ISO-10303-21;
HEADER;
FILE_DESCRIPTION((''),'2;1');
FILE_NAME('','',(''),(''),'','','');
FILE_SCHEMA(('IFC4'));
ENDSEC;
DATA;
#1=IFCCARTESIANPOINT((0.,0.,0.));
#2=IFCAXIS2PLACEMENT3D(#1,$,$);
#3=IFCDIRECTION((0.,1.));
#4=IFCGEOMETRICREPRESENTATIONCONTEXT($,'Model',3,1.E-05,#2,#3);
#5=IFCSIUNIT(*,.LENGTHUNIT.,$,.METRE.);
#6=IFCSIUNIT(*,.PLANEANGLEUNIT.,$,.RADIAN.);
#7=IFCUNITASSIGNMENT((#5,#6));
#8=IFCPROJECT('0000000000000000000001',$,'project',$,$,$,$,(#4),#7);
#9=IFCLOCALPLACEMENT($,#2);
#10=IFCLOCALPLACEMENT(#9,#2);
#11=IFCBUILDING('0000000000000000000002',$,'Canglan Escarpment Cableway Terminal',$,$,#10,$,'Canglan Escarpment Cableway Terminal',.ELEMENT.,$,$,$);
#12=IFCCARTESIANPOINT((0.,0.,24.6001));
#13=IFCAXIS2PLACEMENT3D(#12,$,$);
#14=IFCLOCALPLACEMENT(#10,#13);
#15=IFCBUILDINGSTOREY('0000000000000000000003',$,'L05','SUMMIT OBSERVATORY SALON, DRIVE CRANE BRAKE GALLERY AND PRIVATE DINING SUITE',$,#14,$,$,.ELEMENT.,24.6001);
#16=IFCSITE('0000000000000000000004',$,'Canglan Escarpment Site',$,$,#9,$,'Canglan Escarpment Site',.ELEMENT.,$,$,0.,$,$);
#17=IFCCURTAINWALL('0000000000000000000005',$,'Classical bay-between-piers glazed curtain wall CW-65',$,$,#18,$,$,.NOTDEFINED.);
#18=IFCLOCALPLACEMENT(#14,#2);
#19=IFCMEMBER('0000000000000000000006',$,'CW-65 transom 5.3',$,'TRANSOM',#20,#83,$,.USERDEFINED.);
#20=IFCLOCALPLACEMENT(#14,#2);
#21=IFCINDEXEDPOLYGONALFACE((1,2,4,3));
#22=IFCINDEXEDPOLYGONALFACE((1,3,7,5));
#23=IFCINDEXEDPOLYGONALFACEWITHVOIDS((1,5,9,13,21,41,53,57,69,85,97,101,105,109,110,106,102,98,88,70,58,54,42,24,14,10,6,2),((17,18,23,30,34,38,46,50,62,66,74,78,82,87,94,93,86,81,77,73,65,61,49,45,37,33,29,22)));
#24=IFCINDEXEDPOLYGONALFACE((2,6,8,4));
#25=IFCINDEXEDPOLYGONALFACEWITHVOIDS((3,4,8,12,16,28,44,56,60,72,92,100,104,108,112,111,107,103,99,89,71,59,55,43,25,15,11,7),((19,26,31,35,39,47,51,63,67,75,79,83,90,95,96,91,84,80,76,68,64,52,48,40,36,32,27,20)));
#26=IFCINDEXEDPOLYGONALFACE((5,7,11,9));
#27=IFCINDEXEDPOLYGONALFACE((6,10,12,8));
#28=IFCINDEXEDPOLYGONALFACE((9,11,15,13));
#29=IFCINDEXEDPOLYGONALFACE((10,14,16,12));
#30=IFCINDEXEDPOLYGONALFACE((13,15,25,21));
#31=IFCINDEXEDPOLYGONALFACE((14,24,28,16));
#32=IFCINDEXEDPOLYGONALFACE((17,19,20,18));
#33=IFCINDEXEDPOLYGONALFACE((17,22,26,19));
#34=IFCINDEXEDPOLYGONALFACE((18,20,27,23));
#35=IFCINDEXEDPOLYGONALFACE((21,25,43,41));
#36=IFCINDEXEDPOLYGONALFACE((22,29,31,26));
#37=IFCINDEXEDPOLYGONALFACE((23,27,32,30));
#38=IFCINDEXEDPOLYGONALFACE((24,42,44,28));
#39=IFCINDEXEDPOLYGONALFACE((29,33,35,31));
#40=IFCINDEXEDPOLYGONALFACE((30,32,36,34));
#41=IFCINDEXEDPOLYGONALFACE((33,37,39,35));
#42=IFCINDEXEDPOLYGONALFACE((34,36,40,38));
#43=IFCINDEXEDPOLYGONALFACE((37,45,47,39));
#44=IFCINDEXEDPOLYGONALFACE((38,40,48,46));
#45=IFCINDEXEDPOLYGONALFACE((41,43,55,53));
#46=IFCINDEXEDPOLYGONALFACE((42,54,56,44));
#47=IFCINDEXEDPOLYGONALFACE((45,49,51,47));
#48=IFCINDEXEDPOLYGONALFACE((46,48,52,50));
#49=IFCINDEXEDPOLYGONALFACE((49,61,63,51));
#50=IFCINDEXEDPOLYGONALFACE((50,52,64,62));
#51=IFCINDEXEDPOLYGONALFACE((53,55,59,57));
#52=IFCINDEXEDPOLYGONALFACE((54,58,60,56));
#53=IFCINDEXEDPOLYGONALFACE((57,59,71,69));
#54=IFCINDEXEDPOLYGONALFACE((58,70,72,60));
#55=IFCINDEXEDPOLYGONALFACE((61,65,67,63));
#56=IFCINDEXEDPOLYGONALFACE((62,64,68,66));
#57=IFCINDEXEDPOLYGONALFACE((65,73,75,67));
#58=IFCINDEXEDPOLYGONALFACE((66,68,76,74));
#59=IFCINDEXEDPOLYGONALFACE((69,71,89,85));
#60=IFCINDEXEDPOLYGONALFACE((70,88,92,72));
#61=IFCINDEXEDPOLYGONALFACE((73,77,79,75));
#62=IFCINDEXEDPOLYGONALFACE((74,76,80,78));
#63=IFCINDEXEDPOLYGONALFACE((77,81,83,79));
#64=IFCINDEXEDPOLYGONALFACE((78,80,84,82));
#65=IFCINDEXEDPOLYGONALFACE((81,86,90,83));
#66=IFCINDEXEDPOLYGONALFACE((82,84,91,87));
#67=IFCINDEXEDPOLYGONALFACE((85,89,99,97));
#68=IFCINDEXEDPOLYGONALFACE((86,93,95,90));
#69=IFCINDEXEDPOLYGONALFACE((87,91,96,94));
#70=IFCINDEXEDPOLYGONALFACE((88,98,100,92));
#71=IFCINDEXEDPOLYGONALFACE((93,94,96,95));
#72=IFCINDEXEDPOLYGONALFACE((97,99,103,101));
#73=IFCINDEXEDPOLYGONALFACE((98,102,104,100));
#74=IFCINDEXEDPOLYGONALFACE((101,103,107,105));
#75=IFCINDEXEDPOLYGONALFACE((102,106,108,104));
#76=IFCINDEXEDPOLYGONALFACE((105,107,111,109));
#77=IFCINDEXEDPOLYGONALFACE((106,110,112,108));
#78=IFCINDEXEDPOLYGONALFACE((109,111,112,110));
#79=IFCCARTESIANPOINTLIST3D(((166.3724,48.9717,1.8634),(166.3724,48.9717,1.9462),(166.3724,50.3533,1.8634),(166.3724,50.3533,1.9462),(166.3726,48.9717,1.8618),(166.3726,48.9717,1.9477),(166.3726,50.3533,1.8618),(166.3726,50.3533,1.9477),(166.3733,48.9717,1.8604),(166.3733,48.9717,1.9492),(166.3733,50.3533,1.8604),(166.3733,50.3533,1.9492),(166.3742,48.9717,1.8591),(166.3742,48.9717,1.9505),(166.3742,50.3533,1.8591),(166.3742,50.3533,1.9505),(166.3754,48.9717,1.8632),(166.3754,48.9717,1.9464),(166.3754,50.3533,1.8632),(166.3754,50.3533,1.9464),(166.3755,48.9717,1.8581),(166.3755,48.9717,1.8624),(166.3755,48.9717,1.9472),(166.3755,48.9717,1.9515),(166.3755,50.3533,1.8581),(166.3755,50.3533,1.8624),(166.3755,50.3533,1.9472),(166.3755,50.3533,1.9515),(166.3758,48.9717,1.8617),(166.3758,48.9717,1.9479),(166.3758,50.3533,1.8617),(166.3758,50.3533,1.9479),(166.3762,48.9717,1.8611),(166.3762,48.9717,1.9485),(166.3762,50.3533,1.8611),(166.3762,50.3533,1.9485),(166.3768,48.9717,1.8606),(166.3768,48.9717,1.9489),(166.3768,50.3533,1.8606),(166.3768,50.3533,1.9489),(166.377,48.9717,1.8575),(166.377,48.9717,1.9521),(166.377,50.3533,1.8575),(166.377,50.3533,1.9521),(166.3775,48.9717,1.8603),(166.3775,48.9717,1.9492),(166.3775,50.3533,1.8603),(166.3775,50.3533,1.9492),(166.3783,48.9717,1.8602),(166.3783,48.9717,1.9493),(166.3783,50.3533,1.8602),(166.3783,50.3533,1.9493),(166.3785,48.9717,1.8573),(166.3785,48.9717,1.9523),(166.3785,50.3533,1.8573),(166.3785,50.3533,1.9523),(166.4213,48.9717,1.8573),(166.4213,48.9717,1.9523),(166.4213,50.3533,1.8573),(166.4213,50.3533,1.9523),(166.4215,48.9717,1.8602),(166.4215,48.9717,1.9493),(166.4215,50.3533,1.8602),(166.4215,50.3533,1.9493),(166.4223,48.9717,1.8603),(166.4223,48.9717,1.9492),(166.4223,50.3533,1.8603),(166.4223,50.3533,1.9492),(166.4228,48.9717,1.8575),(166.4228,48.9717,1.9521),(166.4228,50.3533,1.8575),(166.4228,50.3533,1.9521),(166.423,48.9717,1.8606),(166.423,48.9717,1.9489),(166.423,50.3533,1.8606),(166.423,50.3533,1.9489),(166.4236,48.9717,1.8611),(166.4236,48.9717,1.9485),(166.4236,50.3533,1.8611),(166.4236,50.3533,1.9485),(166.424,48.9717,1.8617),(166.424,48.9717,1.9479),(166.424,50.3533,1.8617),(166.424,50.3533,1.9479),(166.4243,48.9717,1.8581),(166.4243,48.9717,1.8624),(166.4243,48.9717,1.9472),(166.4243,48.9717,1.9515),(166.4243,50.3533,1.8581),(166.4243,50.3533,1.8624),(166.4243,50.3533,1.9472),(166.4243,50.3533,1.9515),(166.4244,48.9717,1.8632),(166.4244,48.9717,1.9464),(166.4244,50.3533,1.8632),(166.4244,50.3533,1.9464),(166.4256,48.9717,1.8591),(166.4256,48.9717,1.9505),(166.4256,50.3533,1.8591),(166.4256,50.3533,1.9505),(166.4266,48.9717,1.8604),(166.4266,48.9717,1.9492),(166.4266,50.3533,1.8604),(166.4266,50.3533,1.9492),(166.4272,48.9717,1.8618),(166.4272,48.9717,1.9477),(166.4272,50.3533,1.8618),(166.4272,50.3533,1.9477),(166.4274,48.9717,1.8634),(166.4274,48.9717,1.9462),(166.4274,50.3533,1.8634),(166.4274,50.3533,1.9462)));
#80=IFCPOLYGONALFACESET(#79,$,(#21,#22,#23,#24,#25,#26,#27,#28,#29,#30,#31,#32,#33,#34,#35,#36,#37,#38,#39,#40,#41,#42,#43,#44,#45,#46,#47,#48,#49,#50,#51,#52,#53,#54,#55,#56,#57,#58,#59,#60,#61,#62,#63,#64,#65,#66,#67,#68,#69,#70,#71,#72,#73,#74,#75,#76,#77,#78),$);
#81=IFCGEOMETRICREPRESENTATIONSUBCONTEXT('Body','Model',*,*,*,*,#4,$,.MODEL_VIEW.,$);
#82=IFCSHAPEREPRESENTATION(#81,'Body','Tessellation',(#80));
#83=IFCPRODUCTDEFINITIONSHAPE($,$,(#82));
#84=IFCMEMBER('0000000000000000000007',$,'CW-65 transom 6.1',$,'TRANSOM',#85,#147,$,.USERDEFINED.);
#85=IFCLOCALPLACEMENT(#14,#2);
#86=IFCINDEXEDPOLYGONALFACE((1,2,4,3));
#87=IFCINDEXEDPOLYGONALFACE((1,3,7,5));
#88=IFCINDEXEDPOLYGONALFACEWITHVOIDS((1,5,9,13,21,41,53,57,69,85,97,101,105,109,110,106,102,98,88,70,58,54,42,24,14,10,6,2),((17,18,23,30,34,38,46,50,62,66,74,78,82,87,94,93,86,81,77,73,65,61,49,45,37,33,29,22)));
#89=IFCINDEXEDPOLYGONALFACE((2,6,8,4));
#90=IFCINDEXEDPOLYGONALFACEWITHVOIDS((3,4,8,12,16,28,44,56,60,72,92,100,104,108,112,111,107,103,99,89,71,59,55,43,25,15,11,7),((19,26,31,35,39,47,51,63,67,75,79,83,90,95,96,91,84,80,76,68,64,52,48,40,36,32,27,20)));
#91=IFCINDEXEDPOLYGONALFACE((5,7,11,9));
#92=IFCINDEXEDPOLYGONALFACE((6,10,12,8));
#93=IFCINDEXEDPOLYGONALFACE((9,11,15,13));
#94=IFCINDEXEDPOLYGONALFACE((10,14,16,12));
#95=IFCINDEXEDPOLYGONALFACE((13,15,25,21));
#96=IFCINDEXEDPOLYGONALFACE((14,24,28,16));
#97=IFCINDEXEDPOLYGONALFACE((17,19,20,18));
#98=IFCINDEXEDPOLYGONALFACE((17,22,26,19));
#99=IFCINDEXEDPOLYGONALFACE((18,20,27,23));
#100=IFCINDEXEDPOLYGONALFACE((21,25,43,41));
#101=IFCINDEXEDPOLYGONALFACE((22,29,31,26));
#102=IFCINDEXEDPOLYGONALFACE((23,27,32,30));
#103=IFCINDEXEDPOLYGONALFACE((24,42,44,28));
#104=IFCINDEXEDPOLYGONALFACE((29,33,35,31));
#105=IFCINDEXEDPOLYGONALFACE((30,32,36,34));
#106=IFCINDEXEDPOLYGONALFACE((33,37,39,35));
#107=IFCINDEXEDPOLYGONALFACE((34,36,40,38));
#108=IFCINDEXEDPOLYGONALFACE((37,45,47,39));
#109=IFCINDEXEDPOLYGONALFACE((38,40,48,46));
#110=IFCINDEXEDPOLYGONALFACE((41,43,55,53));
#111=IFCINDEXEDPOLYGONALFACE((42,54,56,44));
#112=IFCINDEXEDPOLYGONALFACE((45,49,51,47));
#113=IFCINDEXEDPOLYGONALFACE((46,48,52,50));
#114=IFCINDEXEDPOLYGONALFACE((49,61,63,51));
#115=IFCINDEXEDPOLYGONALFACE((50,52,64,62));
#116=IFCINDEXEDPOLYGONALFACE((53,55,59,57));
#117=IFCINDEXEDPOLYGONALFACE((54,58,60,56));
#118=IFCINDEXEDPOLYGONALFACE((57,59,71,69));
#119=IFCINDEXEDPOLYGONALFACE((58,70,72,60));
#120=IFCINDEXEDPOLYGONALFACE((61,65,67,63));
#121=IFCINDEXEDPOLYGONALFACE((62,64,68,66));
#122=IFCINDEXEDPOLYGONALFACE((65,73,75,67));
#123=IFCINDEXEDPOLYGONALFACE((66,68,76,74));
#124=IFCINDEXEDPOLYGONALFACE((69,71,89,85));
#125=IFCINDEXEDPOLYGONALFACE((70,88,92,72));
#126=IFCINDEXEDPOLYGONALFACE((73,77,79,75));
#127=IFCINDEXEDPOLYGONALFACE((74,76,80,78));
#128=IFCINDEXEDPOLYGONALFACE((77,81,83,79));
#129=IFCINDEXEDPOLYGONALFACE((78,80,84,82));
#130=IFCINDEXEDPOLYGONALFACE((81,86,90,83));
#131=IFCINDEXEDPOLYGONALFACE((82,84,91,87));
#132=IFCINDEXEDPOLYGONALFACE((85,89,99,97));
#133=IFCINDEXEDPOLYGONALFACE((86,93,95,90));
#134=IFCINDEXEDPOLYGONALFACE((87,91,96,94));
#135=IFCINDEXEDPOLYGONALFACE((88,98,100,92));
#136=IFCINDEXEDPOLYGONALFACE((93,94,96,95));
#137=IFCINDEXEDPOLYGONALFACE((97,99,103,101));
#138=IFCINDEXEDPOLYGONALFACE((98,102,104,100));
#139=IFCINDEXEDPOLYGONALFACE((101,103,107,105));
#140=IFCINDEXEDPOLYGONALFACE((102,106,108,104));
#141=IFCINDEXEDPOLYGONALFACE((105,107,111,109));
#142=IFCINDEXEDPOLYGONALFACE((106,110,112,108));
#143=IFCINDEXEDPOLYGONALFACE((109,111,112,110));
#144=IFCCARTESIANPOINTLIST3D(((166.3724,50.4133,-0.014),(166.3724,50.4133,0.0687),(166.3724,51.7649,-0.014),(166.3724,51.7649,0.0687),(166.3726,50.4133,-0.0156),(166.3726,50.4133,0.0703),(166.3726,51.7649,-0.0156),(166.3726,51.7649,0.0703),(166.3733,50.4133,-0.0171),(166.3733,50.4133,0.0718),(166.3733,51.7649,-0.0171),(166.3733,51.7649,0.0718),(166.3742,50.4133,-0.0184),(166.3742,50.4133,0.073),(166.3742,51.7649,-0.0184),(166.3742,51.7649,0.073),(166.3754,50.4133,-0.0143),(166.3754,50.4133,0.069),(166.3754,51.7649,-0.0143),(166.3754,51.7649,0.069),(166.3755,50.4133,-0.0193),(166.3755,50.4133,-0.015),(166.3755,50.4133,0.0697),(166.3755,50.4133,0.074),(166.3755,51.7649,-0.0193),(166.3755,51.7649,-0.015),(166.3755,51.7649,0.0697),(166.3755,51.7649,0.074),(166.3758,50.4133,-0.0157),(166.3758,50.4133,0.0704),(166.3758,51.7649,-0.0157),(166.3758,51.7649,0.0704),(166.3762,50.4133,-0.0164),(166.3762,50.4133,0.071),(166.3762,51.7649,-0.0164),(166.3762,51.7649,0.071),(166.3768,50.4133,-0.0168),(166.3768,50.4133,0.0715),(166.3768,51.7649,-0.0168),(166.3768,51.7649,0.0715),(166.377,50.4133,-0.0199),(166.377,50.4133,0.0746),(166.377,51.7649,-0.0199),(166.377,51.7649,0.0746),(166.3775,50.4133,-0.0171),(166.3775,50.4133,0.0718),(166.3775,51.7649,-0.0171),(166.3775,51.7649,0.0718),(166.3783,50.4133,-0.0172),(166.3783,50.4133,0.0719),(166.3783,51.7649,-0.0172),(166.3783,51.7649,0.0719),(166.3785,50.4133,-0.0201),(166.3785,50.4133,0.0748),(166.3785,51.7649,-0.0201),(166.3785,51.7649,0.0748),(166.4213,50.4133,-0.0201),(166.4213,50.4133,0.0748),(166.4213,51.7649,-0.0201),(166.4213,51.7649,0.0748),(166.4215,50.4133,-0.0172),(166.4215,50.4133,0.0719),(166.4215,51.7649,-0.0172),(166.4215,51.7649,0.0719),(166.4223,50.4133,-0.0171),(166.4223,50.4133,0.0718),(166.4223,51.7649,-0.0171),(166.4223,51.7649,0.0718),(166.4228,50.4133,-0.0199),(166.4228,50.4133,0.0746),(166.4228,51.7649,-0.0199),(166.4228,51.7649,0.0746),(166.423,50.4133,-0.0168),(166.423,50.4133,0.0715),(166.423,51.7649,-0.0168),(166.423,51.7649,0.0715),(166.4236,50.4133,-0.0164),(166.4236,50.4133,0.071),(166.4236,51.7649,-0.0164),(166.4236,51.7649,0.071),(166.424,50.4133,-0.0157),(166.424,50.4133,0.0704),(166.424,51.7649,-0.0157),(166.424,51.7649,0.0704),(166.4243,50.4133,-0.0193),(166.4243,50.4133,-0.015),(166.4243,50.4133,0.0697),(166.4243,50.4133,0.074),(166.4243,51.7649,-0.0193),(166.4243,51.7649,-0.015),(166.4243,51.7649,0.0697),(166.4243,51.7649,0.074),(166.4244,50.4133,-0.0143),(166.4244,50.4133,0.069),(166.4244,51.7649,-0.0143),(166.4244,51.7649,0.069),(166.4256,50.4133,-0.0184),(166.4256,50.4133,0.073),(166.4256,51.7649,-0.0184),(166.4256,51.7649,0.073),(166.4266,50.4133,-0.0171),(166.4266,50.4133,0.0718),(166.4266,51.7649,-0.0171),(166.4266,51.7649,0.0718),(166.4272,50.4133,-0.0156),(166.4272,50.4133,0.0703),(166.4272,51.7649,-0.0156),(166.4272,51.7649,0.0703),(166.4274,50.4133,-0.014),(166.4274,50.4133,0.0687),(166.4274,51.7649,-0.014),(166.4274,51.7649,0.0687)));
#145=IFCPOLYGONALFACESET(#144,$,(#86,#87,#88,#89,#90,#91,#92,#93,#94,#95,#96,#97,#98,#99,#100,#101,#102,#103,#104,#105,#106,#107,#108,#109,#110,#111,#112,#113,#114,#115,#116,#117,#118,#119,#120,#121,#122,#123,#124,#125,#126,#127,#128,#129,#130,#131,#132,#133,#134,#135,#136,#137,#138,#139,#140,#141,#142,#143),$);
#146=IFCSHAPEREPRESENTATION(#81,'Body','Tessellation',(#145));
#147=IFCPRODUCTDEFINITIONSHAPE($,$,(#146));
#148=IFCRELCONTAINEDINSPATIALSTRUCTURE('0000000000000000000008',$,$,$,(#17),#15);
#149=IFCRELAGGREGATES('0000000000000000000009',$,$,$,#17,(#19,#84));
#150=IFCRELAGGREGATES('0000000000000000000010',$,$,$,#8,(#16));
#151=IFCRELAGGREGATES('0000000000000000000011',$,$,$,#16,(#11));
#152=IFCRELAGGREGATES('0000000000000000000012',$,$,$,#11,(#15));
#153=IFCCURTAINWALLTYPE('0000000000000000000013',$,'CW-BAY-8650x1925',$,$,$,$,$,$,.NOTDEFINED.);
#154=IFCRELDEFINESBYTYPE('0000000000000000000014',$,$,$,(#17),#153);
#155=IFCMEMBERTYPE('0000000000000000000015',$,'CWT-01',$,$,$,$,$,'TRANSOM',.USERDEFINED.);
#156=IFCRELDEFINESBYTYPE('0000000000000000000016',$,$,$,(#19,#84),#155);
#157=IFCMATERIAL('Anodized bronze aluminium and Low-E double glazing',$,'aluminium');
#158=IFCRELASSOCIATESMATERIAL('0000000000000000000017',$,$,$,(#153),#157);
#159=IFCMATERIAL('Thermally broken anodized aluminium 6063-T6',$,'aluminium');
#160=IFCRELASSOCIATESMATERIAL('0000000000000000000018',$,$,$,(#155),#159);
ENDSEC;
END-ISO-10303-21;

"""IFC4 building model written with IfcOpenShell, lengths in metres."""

from ifc_helpers import new_model, si_unit, direction, frame, origin, origin_2d, place, context, subcontext, project, spatial, hollow_rectangle, extrude, material, material_profile, profile_set, type_object, element, aggregate, save


model = new_model("IFC4")

# Units and contexts
model_context = context("Model", 3, precision=1e-05, world=origin(), true_north=direction((0.0, 1.0)))
body_context = subcontext(model_context, "Body", "Model", "MODEL_VIEW")
ifc_project = project(units=[si_unit("LENGTHUNIT", "METRE"), si_unit("PLANEANGLEUNIT", "RADIAN")], contexts=[model_context])

# Site, building, storey
site_placement = place(None, origin())
site = spatial("IfcSite", under=ifc_project, at=site_placement, Name="Canglan Escarpment Site", LongName="Canglan Escarpment Site", CompositionType="ELEMENT", RefElevation=0.0)
building_placement = place(site_placement, origin())
building = spatial("IfcBuilding", under=site, at=building_placement, Name="Canglan Escarpment Cableway Terminal", LongName="Canglan Escarpment Cableway Terminal", CompositionType="ELEMENT")
storey_placement = place(building_placement, frame((0.0, 0.0, 24.6001)))
storey = spatial("IfcBuildingStorey", under=building, at=storey_placement, Name="L05", Description="SUMMIT OBSERVATORY SALON, DRIVE CRANE BRAKE GALLERY AND PRIVATE DINING SUITE", CompositionType="ELEMENT", Elevation=24.6001)

# Curtain wall, members
ifc_material_1 = material(Name="Anodized bronze aluminium and Low-E double glazing", Category="aluminium")
curtain_wall_type = type_object("IfcCurtainWallType", Name="CW-BAY-8650x1925", PredefinedType="NOTDEFINED", material=ifc_material_1)
curtain_wall_placement = place(storey_placement, origin())
curtain_wall = element("IfcCurtainWall", 1, at=curtain_wall_placement, inside=storey, type_object=curtain_wall_type, Name="Classical bay-between-piers glazed curtain wall CW-65", PredefinedType="NOTDEFINED")
ifc_material_2 = material(Name="Thermally broken anodized aluminium 6063-T6", Category="aluminium")
ifc_material_profile_1 = material_profile(ifc_material_2, hollow_rectangle(XDim=0.0549, YDim=0.095, WallThickness=0.0029, InnerFilletRadius=0.0029, OuterFilletRadius=0.0061, at=origin_2d()), Name="ALU-TRAN 55x95x3")
ifc_profile_set_1 = profile_set([ifc_material_profile_1], Name="Thermally broken anodized aluminium 6063-T6")
member_type_1 = type_object("IfcMemberType", Name="CWT-01", ElementType="TRANSOM", PredefinedType="USERDEFINED", material=ifc_profile_set_1)
member_1_placement = place(storey_placement, frame((166.3999, 48.9717, 1.9048), z_axis=(0.0, 1.0, 0.0), x_axis=(-1.0, 0.0, 0.0)))
member_1 = element("IfcMember", 2, at=member_1_placement, type_object=member_type_1, Name="CW-65 transom 5.3", ObjectType="TRANSOM", PredefinedType="USERDEFINED", context=body_context, shape_type="SweptSolid", body=[
    extrude(hollow_rectangle(XDim=0.0549, YDim=0.095, WallThickness=0.0029, InnerFilletRadius=0.0029, OuterFilletRadius=0.0061, at=origin_2d()), origin(), (0.0, 0.0, 1.0), 1.3816),
])
member_2_placement = place(storey_placement, frame((166.3999, 50.4133, 0.0273), z_axis=(0.0, 1.0, 0.0), x_axis=(-1.0, 0.0, 0.0)))
member_2 = element("IfcMember", 3, at=member_2_placement, type_object=member_type_1, Name="CW-65 transom 6.1", ObjectType="TRANSOM", PredefinedType="USERDEFINED", context=body_context, shape_type="SweptSolid", body=[
    extrude(hollow_rectangle(XDim=0.0549, YDim=0.095, WallThickness=0.0029, InnerFilletRadius=0.0029, OuterFilletRadius=0.0061, at=origin_2d()), origin(), (0.0, 0.0, 1.0), 1.3516),
])

aggregate(curtain_wall, [member_1, member_2])

save(model, "model.ifc")
